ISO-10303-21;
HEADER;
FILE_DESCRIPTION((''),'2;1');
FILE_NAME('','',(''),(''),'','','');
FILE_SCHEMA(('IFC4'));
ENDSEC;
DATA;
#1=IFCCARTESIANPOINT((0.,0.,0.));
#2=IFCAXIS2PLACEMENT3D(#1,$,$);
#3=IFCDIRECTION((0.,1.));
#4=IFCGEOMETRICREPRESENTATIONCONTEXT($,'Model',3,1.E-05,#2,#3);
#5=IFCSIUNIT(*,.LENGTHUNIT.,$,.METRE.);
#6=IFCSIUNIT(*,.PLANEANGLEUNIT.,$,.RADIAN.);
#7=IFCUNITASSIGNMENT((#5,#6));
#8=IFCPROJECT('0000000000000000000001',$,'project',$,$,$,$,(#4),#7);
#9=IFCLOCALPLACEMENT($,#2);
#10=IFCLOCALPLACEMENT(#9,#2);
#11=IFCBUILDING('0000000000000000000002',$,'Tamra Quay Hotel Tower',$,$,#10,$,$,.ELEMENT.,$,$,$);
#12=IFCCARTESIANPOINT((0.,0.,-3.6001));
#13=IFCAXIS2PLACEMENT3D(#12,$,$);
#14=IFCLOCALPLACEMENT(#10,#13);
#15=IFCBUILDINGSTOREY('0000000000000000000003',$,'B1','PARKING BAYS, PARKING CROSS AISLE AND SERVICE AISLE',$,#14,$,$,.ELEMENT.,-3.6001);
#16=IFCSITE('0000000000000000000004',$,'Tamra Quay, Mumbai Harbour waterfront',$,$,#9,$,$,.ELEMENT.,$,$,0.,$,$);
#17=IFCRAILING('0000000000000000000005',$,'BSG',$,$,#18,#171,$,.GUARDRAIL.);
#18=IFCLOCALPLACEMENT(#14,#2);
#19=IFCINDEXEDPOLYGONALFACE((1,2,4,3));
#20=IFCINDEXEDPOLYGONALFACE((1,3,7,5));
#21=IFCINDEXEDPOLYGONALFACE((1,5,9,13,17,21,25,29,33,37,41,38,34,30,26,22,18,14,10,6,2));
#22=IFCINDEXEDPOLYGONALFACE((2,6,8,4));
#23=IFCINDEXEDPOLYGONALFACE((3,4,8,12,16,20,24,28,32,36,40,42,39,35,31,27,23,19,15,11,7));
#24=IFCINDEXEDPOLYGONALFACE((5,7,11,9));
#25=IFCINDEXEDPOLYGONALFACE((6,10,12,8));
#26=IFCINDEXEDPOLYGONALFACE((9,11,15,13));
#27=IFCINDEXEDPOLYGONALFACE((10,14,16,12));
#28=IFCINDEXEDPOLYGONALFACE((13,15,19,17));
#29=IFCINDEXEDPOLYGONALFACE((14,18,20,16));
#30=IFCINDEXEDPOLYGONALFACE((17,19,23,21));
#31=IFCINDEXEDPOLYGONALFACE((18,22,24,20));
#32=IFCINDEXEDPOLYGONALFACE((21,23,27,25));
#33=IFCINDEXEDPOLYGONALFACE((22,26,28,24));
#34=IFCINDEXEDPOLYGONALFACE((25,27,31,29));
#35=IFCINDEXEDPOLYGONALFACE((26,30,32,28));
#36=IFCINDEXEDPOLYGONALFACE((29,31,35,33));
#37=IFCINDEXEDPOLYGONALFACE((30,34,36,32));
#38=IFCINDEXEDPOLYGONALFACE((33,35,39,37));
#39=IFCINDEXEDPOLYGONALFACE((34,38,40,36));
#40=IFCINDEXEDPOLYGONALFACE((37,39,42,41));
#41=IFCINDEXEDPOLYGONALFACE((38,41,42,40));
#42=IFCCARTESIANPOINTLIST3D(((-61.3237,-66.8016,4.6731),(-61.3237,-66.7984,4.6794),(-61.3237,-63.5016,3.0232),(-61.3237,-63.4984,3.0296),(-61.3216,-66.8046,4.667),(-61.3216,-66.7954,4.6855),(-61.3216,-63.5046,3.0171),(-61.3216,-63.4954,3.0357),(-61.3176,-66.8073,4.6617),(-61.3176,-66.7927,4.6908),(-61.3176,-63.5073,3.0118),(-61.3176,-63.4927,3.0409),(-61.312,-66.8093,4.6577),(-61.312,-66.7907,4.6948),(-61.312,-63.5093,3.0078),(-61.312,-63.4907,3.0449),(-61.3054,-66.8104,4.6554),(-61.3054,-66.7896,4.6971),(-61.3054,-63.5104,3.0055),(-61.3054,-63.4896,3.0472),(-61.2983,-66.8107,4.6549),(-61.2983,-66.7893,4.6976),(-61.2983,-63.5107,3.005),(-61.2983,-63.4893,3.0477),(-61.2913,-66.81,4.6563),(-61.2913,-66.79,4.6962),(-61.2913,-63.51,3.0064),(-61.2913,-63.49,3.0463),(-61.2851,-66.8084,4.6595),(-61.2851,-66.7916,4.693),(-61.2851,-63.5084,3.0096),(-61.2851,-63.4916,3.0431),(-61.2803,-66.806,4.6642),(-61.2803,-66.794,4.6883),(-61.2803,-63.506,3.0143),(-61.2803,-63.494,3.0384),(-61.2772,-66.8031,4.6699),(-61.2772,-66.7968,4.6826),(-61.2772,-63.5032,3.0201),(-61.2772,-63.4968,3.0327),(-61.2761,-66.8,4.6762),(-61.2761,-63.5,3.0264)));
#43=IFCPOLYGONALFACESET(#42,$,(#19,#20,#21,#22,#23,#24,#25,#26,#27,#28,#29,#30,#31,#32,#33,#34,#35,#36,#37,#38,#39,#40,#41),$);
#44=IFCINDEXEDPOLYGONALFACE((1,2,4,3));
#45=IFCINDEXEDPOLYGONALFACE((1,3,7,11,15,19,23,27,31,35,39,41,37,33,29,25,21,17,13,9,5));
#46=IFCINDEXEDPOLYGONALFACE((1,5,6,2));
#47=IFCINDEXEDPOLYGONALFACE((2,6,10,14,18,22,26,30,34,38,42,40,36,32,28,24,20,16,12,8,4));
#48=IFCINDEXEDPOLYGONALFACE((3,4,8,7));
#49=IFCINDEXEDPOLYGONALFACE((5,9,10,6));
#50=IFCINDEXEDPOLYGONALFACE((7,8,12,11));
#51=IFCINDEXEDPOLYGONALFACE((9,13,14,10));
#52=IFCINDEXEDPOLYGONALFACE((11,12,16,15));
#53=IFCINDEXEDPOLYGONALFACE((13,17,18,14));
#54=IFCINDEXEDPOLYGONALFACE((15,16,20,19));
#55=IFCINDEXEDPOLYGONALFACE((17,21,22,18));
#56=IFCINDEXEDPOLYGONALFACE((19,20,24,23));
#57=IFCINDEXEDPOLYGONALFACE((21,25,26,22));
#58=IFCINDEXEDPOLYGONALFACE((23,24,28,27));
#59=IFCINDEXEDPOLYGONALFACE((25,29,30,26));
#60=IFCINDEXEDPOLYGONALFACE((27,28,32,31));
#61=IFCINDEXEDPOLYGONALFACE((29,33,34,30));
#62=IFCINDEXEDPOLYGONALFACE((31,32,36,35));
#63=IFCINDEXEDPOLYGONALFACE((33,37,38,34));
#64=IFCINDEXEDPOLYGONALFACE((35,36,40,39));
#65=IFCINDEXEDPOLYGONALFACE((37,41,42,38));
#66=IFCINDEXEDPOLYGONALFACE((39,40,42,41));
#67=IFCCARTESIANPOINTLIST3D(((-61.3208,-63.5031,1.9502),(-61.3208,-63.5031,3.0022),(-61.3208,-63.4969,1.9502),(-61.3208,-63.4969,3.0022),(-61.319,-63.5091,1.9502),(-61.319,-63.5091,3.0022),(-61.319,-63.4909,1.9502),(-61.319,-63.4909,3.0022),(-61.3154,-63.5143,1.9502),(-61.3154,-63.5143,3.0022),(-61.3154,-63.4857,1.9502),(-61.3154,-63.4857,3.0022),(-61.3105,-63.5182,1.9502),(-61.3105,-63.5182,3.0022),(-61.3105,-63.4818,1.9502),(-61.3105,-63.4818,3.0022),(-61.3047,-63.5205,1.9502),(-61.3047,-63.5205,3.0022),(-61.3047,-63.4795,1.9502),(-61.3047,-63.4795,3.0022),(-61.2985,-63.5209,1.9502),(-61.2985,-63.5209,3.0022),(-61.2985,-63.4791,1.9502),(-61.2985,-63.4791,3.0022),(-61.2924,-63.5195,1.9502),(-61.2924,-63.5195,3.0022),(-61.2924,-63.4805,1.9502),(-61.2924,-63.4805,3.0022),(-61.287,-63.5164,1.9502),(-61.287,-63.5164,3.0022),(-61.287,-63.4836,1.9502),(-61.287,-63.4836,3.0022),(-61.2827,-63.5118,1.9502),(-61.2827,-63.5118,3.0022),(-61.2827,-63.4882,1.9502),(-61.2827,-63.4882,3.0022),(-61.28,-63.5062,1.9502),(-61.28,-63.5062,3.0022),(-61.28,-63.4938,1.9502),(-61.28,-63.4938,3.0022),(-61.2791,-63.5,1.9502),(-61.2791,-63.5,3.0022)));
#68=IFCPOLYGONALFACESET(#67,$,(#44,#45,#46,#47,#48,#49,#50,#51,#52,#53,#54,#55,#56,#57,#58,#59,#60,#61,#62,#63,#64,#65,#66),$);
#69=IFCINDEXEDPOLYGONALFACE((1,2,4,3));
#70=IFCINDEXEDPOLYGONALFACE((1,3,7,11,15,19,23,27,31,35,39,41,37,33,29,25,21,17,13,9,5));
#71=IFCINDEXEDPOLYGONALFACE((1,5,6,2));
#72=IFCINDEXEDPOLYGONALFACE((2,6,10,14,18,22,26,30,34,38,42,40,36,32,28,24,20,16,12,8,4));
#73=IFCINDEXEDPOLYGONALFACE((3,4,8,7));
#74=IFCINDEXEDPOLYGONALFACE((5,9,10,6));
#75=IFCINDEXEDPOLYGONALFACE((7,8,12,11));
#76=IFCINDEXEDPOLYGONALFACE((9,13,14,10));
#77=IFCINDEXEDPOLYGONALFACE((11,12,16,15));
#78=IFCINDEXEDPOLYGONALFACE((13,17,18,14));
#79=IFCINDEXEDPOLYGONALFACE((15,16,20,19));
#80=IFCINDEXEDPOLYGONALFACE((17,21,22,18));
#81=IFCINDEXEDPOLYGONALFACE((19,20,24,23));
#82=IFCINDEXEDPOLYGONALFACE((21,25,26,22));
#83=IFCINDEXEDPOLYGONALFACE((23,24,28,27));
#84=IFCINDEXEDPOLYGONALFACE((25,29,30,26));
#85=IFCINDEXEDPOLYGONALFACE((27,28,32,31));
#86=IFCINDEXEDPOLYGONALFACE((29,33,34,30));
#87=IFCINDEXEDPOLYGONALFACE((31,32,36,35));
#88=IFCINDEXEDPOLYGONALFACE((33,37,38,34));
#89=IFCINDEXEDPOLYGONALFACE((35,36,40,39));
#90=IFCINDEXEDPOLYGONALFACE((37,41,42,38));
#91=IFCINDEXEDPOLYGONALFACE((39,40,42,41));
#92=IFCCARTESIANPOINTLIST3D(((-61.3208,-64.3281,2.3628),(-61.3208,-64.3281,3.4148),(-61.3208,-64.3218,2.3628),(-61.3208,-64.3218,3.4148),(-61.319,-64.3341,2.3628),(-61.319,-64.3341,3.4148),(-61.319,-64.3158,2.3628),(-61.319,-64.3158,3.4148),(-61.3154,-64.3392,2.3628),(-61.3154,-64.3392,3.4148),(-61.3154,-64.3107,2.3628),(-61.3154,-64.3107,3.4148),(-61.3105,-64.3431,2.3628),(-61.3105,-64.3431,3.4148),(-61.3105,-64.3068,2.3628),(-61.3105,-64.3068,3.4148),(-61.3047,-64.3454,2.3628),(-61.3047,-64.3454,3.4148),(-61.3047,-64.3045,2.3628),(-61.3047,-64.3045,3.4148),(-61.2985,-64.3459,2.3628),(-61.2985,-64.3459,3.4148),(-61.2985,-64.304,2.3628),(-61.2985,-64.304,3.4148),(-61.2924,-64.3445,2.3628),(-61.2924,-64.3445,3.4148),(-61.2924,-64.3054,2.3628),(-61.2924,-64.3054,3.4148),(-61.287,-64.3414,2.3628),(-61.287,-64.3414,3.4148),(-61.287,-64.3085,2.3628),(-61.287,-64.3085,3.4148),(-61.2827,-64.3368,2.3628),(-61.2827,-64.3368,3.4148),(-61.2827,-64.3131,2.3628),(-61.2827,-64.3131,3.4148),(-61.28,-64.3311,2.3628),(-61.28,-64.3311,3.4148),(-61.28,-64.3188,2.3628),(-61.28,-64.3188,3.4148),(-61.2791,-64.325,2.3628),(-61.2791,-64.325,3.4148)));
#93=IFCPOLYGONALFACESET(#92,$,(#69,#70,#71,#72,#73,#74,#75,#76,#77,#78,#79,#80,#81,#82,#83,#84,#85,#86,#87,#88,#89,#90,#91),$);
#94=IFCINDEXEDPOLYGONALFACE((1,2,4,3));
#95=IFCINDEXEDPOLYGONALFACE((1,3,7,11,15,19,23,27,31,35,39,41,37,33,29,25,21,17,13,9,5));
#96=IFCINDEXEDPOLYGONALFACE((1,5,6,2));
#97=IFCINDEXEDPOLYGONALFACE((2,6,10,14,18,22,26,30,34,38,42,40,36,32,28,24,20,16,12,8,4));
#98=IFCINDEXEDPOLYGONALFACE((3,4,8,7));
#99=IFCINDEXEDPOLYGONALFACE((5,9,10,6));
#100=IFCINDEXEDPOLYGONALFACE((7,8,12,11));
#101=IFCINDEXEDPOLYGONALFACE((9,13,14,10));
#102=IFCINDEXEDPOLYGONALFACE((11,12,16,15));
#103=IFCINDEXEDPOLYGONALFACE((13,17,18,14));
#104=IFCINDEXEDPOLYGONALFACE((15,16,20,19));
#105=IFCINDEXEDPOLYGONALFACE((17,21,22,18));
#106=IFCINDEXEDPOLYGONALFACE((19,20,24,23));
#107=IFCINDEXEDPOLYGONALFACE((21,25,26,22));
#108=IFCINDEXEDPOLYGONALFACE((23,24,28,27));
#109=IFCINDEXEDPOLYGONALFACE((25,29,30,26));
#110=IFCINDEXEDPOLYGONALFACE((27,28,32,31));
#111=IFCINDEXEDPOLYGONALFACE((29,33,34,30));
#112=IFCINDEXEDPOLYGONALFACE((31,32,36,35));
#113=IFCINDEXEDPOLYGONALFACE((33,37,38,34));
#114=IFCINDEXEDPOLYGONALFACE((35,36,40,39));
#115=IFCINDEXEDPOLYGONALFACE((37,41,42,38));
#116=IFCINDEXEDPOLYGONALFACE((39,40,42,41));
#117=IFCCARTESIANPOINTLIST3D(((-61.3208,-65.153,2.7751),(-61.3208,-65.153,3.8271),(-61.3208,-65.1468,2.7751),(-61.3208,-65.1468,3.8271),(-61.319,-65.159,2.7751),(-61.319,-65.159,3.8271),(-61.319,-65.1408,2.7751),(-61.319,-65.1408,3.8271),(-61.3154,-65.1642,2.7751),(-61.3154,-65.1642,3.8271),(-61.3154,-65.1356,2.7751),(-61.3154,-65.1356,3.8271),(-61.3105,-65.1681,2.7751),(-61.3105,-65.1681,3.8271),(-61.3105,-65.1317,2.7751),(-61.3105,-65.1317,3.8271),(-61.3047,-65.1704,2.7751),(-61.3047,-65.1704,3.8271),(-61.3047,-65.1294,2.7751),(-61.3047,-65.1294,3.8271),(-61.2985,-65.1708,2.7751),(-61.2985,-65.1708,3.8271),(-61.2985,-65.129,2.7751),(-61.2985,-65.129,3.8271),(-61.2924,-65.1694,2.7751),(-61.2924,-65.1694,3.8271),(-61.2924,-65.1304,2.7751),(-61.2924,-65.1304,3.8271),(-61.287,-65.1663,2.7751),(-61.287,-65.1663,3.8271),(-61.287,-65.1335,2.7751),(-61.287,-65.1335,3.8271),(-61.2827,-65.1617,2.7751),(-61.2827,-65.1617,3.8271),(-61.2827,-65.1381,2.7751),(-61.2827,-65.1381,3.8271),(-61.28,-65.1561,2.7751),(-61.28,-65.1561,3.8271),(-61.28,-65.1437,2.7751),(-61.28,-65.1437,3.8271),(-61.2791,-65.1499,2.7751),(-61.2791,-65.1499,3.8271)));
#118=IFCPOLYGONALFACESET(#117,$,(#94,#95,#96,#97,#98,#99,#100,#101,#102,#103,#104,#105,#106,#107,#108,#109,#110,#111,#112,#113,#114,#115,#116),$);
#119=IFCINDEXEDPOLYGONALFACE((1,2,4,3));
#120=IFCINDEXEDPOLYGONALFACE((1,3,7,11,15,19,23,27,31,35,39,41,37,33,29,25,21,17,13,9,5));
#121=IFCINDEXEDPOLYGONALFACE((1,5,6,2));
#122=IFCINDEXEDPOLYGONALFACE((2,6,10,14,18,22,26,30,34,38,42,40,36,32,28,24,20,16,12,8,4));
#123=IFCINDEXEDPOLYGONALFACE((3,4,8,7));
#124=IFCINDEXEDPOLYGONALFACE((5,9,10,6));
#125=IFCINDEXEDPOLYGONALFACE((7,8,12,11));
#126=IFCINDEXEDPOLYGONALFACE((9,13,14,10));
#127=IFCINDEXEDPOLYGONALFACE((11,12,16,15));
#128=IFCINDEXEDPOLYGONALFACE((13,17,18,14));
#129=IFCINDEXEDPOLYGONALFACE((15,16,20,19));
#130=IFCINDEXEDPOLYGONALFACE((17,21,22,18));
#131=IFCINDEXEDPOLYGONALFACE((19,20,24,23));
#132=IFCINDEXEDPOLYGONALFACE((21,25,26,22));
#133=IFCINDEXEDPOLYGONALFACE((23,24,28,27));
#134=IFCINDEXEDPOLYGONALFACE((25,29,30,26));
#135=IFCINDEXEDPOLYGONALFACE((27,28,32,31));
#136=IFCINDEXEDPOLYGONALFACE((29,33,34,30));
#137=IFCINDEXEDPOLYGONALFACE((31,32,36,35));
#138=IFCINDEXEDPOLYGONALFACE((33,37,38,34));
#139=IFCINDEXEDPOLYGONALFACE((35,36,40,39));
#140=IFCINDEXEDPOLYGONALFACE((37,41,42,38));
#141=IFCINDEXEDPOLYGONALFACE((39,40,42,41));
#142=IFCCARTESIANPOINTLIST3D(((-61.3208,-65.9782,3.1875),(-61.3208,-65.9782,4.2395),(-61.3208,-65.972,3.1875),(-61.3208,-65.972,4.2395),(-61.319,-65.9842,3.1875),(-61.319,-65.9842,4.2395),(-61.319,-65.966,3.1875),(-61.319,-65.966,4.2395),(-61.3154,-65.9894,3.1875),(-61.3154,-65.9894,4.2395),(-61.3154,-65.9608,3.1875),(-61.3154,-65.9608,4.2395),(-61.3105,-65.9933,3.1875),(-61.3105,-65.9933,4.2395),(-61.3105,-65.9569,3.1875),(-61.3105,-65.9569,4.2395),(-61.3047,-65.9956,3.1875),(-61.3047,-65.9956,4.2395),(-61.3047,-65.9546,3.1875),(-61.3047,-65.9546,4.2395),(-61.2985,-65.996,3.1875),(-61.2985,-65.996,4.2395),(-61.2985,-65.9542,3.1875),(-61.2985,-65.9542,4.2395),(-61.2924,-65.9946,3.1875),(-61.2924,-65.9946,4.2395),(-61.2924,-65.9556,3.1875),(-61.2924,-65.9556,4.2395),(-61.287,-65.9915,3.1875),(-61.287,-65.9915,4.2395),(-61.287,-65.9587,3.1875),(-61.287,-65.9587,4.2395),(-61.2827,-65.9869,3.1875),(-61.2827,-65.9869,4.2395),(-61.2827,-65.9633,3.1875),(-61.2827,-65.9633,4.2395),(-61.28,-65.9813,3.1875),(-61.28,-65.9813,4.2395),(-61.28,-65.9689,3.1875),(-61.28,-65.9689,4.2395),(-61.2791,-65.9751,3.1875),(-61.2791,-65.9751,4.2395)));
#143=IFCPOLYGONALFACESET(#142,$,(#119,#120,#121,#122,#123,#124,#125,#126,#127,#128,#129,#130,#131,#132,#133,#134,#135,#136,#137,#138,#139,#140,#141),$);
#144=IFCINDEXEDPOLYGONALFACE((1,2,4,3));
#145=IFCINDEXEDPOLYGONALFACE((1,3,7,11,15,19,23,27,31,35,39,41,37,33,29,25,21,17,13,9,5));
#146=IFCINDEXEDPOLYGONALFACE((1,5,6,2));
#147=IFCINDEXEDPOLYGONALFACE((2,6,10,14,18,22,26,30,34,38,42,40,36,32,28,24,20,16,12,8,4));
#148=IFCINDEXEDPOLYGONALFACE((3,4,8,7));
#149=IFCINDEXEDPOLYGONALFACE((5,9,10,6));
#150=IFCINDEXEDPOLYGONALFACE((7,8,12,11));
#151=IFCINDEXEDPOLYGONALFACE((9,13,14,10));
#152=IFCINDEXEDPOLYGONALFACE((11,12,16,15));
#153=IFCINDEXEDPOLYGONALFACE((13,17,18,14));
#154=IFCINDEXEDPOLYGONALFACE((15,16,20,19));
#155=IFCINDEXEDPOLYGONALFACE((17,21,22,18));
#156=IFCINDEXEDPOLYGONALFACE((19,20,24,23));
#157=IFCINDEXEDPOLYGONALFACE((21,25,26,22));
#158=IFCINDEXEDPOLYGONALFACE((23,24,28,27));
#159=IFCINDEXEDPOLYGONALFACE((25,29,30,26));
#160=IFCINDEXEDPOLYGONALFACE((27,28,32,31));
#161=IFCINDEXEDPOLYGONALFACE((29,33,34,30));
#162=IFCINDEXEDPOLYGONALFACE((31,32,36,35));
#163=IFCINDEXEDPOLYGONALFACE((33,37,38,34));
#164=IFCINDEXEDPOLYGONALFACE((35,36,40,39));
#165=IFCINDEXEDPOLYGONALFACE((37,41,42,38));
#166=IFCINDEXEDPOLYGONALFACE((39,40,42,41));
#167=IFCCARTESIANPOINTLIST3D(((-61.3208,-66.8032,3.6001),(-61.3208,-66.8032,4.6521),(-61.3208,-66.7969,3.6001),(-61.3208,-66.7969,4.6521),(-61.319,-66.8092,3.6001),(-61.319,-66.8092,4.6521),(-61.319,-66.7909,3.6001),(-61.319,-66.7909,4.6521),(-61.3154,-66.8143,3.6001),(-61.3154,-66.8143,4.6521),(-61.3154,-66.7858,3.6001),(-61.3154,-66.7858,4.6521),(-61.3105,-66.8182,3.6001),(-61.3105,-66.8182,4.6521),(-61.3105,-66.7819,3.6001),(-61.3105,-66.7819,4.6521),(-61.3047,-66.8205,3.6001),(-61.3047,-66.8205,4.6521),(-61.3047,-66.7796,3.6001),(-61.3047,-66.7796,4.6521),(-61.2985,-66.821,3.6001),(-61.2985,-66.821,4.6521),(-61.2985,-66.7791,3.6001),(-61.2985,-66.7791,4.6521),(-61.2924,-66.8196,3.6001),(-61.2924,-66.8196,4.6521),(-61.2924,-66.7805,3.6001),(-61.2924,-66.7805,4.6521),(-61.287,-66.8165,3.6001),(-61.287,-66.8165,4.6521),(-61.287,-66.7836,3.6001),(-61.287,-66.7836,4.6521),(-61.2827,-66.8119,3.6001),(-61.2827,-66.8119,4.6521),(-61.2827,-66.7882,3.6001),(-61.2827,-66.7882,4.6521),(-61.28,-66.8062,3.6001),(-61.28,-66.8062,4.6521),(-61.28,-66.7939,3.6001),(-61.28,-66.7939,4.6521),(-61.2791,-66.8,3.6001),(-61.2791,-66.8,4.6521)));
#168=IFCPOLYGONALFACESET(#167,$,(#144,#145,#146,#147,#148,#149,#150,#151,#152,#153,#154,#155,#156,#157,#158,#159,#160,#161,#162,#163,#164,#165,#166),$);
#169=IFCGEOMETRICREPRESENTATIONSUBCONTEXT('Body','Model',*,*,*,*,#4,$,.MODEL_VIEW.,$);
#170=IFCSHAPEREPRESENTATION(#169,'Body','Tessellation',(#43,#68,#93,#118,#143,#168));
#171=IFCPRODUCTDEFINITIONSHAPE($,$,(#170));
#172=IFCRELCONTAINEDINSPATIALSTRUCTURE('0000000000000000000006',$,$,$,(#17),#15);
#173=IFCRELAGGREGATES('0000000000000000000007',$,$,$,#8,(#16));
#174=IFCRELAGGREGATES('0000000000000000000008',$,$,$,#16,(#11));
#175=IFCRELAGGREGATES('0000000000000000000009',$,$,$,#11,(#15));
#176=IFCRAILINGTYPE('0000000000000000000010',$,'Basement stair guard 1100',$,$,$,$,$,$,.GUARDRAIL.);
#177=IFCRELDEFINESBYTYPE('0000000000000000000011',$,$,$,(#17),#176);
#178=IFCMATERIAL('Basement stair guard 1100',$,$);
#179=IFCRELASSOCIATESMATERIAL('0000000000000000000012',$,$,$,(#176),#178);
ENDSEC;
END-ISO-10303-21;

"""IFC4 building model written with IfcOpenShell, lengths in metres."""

from ifc_helpers import new_model, si_unit, direction, frame, origin, origin_2d, place, context, subcontext, project, spatial, circle, extrude, material, type_object, element, save


model = new_model("IFC4")

# Units and contexts
model_context = context("Model", 3, precision=1e-05, world=origin(), true_north=direction((0.0, 1.0)))
body_context = subcontext(model_context, "Body", "Model", "MODEL_VIEW")
ifc_project = project(units=[si_unit("LENGTHUNIT", "METRE"), si_unit("PLANEANGLEUNIT", "RADIAN")], contexts=[model_context])

# Site, building, storey
site_placement = place(None, origin())
site = spatial("IfcSite", under=ifc_project, at=site_placement, Name="Tamra Quay, Mumbai Harbour waterfront", CompositionType="ELEMENT", RefElevation=0.0)
building_placement = place(site_placement, origin())
building = spatial("IfcBuilding", under=site, at=building_placement, Name="Tamra Quay Hotel Tower", CompositionType="ELEMENT")
storey_placement = place(building_placement, frame((0.0, 0.0, -3.6001)))
storey = spatial("IfcBuildingStorey", under=building, at=storey_placement, Name="B1", Description="PARKING BAYS, PARKING CROSS AISLE AND SERVICE AISLE", CompositionType="ELEMENT", Elevation=-3.6001)

# Railing
ifc_material_1 = material(Name="Basement stair guard 1100")
railing_type_1 = type_object("IfcRailingType", Name="Basement stair guard 1100", PredefinedType="GUARDRAIL", material=ifc_material_1)
railing_1_placement = place(storey_placement, frame((-61.3, -63.5, 1.9502)))
element("IfcRailing", 1, at=railing_1_placement, inside=storey, type_object=railing_type_1, Name="BSG", PredefinedType="GUARDRAIL", context=body_context, shape_type="SweptSolid", body=[
    extrude(circle(Radius=0.0239, at=origin_2d()), frame((0.0, 0.0, 1.0762), z_axis=(0.0, -0.89444, 0.447187), x_axis=(1.0, 0.0, 0.0)), (0.0, 0.0, 1.0), 3.6895),
    extrude(circle(Radius=0.021, at=origin_2d()), origin(), (0.0, 0.0, 1.0), 1.052),
    extrude(circle(Radius=0.021, at=origin_2d()), frame((0.0, -0.825, 0.4126)), (0.0, 0.0, 1.0), 1.052),
    extrude(circle(Radius=0.021, at=origin_2d()), frame((0.0, -1.6499, 0.825)), (0.0, 0.0, 1.0), 1.052),
    extrude(circle(Radius=0.021, at=origin_2d()), frame((0.0, -2.4751, 1.2373)), (0.0, 0.0, 1.0), 1.052),
    extrude(circle(Radius=0.021, at=origin_2d()), frame((0.0, -3.3, 1.6499)), (0.0, 0.0, 1.0), 1.052),
])

save(model, "model.ifc")
